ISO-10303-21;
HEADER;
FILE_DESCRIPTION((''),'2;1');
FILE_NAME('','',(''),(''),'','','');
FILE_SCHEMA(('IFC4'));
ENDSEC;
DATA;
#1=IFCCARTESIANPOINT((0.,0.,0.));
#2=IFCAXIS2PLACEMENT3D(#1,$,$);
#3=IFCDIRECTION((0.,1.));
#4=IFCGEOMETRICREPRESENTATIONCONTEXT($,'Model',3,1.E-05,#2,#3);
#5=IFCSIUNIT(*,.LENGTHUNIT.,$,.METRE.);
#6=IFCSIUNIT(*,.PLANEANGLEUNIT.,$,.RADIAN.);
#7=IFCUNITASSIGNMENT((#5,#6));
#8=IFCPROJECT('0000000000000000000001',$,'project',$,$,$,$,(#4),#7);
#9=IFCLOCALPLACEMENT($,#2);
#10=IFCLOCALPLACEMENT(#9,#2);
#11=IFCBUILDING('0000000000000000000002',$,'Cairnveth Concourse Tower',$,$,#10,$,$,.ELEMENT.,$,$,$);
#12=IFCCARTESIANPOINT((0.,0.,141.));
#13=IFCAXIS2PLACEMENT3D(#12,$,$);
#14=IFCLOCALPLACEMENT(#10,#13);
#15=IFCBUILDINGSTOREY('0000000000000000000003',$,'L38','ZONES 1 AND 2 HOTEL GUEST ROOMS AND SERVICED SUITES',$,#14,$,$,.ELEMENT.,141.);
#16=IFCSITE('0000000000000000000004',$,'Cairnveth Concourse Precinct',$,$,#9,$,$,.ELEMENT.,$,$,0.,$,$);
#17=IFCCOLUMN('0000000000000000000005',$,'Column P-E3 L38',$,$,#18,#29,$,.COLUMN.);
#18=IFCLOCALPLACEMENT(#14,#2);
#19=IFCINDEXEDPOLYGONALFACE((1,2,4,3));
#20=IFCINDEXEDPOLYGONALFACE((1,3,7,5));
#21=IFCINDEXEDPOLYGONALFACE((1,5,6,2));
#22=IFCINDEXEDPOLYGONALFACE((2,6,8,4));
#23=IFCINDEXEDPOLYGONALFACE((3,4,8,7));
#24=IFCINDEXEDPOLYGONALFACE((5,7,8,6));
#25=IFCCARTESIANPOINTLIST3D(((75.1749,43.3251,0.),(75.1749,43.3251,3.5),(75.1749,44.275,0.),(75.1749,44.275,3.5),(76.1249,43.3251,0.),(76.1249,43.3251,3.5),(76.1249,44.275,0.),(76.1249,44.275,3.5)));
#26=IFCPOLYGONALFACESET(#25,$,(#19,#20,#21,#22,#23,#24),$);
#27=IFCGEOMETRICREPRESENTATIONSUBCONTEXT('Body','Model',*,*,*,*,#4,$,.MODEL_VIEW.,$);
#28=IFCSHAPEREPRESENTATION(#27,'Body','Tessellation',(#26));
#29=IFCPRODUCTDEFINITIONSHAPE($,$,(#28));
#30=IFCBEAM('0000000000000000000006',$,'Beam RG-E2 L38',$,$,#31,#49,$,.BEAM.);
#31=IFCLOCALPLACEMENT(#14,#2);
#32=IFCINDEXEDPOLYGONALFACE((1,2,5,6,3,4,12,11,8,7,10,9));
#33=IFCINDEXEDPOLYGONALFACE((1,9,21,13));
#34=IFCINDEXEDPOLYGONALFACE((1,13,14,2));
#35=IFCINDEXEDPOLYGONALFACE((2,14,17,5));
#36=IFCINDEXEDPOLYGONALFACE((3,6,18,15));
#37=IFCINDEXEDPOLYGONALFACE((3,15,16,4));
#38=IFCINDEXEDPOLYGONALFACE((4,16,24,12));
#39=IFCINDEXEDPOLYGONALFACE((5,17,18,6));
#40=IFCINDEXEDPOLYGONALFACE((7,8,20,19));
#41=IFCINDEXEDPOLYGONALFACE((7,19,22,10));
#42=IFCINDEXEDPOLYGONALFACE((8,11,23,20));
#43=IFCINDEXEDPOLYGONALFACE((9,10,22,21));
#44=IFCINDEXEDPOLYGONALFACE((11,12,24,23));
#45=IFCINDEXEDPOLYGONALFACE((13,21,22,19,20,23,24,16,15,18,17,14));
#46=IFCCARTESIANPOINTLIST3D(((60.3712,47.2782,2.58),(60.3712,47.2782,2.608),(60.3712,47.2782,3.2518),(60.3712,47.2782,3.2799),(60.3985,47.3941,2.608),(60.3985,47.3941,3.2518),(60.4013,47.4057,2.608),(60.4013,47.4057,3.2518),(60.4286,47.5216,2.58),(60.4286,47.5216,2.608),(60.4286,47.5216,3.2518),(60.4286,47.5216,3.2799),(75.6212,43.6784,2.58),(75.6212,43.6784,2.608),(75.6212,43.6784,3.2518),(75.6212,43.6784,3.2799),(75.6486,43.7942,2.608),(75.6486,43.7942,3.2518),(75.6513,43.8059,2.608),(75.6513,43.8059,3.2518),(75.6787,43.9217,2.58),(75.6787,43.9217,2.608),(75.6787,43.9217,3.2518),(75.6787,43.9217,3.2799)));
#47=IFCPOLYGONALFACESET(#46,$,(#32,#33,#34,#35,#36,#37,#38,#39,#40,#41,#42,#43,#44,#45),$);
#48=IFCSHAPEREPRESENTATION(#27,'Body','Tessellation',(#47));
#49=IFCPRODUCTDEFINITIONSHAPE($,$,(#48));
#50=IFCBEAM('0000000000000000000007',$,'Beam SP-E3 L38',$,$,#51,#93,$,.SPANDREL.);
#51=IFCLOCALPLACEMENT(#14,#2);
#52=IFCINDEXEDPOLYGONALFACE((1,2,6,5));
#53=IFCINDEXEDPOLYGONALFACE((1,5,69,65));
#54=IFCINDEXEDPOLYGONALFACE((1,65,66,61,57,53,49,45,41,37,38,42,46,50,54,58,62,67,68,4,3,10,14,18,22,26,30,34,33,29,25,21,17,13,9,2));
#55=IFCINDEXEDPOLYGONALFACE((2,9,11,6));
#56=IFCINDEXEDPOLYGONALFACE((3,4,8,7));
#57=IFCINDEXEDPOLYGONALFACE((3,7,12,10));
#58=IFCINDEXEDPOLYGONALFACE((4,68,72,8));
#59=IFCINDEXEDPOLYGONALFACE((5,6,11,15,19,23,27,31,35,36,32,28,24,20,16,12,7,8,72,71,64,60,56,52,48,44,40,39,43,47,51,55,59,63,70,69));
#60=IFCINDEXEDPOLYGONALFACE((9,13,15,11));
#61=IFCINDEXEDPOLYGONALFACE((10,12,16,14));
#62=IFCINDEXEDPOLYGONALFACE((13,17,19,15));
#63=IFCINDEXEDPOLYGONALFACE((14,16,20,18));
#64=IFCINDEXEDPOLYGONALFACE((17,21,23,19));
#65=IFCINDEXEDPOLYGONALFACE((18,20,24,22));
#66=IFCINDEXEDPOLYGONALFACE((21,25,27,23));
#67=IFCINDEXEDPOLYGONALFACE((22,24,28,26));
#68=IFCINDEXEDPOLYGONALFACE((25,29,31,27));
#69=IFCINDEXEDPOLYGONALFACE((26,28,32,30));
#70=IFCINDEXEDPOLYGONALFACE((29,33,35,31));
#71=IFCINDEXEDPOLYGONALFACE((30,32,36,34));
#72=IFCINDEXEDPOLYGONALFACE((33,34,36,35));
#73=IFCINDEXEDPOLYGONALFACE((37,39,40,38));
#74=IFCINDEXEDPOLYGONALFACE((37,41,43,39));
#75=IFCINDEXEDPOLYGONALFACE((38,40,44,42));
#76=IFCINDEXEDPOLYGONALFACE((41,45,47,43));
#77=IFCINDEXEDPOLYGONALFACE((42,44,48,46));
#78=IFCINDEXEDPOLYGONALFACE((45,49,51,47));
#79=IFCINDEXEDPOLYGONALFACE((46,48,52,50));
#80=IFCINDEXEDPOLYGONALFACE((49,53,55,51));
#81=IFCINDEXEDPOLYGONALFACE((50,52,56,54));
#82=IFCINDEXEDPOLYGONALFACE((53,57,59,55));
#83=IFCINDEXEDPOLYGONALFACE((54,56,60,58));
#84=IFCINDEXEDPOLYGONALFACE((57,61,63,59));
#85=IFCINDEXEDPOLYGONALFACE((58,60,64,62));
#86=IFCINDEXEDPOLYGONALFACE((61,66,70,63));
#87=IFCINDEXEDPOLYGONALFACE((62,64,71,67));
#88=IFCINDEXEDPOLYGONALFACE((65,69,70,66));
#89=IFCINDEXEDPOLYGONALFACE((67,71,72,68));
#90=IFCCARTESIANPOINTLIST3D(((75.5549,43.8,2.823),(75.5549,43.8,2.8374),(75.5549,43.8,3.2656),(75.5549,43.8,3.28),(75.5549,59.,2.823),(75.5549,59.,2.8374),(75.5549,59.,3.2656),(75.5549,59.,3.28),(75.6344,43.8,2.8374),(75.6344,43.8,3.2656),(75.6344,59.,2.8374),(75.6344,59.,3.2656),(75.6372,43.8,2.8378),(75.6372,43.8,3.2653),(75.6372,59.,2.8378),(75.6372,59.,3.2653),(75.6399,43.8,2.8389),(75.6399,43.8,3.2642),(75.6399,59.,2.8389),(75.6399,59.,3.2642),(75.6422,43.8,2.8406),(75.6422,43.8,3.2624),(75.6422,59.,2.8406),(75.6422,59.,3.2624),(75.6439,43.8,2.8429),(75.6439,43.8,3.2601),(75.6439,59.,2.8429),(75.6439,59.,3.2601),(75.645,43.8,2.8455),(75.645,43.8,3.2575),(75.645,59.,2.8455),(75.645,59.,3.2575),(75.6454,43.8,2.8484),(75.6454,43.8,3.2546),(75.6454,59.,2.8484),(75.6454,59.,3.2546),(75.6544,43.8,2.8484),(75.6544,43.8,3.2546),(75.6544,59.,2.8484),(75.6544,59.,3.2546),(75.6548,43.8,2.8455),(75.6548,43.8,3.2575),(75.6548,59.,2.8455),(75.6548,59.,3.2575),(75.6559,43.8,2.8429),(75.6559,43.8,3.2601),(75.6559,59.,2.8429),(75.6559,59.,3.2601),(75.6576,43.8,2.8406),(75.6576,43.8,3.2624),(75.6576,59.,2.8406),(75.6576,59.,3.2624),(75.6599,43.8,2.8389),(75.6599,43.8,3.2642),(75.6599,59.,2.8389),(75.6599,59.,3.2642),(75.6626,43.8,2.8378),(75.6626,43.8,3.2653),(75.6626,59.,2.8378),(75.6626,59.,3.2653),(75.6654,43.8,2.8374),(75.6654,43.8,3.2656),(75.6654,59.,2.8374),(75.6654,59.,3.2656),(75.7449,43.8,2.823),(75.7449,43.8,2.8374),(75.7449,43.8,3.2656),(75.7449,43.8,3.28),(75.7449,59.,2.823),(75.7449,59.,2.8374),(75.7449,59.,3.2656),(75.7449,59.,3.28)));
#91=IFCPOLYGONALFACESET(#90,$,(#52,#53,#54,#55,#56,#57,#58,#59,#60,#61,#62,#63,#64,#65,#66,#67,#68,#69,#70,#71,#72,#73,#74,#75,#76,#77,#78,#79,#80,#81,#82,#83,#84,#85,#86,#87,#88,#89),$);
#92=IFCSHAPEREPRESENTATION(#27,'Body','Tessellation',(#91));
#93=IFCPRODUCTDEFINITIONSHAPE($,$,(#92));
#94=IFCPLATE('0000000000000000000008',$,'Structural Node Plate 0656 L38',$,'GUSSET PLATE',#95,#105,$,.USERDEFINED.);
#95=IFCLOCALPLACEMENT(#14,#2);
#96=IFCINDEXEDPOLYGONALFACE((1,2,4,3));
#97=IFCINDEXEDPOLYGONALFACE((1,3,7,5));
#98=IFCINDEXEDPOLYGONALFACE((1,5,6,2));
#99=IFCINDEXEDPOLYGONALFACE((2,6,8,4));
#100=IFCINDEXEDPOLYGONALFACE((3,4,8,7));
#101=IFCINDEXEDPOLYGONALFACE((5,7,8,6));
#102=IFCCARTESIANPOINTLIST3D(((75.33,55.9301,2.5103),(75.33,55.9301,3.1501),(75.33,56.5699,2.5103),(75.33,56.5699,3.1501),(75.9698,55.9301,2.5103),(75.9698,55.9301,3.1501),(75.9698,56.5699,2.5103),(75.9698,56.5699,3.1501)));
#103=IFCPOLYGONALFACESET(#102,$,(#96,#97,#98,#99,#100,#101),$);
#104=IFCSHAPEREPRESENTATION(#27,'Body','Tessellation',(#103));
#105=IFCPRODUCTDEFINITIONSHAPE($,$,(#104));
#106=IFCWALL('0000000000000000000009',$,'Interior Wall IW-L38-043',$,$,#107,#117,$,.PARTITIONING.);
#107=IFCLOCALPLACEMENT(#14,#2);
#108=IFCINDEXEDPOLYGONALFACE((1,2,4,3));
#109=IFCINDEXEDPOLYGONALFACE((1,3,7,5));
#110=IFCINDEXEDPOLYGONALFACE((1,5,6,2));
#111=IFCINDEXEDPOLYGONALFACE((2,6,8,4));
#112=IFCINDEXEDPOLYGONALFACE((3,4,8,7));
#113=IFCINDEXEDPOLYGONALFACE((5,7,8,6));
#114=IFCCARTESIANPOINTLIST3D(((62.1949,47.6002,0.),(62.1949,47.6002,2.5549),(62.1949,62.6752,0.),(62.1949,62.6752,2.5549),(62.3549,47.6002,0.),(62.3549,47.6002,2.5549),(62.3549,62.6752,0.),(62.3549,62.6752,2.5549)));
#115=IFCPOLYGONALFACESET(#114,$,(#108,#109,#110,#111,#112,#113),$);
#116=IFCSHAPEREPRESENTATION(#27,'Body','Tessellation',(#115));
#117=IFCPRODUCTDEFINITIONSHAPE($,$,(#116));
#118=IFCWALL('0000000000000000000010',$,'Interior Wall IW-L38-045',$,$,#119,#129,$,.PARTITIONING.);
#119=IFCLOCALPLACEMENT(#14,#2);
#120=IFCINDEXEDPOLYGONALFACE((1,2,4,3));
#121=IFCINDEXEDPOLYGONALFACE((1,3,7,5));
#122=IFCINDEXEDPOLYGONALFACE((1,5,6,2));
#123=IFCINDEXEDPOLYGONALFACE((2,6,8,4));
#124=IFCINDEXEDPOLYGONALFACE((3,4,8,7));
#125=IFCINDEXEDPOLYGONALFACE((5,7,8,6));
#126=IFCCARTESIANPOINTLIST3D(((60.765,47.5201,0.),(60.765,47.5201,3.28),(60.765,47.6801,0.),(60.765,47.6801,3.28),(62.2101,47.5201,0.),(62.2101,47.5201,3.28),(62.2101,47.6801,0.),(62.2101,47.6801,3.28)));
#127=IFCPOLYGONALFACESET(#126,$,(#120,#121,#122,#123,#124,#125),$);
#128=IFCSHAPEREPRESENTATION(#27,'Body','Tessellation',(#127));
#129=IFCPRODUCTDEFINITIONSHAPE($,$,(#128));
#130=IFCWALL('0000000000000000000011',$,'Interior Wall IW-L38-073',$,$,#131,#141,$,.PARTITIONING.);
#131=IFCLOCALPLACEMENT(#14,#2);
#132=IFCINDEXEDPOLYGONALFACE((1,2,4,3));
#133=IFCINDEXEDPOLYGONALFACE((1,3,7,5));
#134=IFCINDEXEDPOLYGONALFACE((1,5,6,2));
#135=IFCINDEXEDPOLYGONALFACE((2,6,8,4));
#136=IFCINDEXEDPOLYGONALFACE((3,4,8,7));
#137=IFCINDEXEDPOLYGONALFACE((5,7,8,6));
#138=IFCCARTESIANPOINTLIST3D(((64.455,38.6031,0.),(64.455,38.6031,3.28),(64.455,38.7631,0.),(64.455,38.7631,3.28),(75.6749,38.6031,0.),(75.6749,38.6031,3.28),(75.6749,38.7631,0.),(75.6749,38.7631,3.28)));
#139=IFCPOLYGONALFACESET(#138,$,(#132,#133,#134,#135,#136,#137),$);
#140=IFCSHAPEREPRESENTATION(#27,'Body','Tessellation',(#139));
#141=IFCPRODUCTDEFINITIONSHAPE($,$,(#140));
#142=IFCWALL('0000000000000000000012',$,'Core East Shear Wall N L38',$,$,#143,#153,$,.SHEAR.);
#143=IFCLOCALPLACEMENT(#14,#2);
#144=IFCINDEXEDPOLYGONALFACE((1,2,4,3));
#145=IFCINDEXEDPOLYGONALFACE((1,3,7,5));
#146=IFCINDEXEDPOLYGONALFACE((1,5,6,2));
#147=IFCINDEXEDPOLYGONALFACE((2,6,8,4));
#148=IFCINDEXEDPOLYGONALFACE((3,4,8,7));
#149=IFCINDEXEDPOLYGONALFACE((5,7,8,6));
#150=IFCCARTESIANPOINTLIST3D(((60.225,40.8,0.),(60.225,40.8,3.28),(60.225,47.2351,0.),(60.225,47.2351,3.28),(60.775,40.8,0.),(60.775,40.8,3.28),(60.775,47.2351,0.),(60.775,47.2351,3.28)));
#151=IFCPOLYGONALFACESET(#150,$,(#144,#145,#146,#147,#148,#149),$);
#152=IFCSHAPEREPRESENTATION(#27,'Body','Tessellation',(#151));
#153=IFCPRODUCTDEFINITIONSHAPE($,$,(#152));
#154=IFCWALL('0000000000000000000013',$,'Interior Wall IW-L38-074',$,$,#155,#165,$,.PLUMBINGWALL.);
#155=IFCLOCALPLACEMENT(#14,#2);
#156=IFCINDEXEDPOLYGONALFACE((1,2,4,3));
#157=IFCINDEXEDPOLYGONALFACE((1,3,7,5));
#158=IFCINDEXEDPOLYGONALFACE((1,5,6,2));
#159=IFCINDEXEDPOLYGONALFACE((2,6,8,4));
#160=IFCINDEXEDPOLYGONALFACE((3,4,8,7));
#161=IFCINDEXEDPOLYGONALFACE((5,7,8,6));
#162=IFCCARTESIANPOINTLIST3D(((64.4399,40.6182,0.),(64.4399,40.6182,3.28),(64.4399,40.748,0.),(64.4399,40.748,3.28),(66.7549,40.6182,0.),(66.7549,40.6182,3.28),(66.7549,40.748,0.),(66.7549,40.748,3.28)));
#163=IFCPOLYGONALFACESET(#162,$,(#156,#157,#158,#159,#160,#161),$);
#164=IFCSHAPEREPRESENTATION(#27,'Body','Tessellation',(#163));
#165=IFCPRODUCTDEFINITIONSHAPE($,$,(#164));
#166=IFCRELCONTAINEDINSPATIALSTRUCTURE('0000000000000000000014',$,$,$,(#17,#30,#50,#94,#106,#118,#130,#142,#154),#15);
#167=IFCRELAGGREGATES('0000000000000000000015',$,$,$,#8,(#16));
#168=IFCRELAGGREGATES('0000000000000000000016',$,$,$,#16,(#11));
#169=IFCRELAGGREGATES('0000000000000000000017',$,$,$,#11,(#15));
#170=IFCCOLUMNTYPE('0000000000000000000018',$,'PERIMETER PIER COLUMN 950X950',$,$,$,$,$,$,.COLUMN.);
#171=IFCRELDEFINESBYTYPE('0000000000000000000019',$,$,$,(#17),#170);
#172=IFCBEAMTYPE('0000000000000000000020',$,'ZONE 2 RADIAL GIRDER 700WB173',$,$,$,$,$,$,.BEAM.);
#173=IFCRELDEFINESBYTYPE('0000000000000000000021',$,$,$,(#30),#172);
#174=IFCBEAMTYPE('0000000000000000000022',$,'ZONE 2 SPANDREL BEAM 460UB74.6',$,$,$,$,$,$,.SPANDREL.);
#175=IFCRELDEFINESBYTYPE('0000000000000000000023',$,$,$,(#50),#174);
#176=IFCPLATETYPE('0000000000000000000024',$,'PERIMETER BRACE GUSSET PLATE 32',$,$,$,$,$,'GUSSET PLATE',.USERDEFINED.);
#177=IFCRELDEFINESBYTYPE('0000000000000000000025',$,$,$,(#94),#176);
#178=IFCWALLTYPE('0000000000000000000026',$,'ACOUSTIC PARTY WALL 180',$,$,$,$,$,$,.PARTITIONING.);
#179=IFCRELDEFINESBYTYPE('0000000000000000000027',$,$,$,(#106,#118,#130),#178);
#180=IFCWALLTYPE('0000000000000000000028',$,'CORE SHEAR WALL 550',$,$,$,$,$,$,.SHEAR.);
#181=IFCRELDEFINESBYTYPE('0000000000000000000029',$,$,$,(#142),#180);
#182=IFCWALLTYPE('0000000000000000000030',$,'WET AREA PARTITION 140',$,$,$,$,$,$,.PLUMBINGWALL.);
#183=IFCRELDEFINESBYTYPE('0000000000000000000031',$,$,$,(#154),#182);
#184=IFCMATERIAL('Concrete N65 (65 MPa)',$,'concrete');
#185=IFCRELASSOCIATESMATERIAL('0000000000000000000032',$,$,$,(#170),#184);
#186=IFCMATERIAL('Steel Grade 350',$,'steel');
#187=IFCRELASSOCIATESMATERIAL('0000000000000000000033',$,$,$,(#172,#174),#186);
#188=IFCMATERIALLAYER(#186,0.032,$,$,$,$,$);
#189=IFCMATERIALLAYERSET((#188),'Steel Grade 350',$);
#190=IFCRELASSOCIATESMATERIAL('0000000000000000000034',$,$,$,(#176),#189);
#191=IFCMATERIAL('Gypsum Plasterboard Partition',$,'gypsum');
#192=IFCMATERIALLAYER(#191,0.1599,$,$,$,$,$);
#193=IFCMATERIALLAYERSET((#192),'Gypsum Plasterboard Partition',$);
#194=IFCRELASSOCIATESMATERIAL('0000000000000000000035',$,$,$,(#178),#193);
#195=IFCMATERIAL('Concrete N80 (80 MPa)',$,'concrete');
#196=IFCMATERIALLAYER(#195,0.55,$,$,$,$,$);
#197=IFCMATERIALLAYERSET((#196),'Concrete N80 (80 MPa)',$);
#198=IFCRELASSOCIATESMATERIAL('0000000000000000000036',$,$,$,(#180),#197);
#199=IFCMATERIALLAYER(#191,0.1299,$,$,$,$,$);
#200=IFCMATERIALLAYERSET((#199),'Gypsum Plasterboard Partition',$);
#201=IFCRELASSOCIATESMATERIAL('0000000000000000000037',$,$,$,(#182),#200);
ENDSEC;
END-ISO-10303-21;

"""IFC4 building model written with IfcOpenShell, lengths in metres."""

from ifc_helpers import new_model, si_unit, direction, frame, frame_2d, origin, origin_2d, place, context, subcontext, project, spatial, rectangle, i_section, extrude, material, layer, layer_set, material_profile, profile_set, type_object, element, save


model = new_model("IFC4")

# Units and contexts
model_context = context("Model", 3, precision=1e-05, world=origin(), true_north=direction((0.0, 1.0)))
body_context = subcontext(model_context, "Body", "Model", "MODEL_VIEW")
ifc_project = project(units=[si_unit("LENGTHUNIT", "METRE"), si_unit("PLANEANGLEUNIT", "RADIAN")], contexts=[model_context])

# Site, building, storey
site_placement = place(None, origin())
site = spatial("IfcSite", under=ifc_project, at=site_placement, Name="Cairnveth Concourse Precinct", CompositionType="ELEMENT", RefElevation=0.0)
building_placement = place(site_placement, origin())
building = spatial("IfcBuilding", under=site, at=building_placement, Name="Cairnveth Concourse Tower", CompositionType="ELEMENT")
storey_placement = place(building_placement, frame((0.0, 0.0, 141.0)))
storey = spatial("IfcBuildingStorey", under=building, at=storey_placement, Name="L38", Description="ZONES 1 AND 2 HOTEL GUEST ROOMS AND SERVICED SUITES", CompositionType="ELEMENT", Elevation=141.0)

# Column
ifc_material_1 = material(Name="Concrete N65 (65 MPa)", Category="concrete")
ifc_material_profile_1 = material_profile(ifc_material_1, rectangle(XDim=0.95, YDim=0.95, at=origin_2d()), Name="RC-COL-950x950")
ifc_profile_set_1 = profile_set([ifc_material_profile_1], Name="Concrete N65 (65 MPa)")
column_type = type_object("IfcColumnType", Name="PERIMETER PIER COLUMN 950X950", PredefinedType="COLUMN", material=ifc_profile_set_1)
column_placement = place(storey_placement, frame((75.6499, 43.8, 0.0), z_axis=(0.0, 0.0, 1.0), x_axis=(0.0, 1.0, 0.0)))
element("IfcColumn", 1, at=column_placement, inside=storey, type_object=column_type, Name="Column P-E3 L38", PredefinedType="COLUMN", context=body_context, shape_type="SweptSolid", body=[
    extrude(rectangle(XDim=0.95, YDim=0.95, at=origin_2d()), origin(), (0.0, 0.0, 1.0), 3.5),
])

# Beams
ifc_material_2 = material(Name="Steel Grade 350", Category="steel")
ifc_material_profile_2 = material_profile(ifc_material_2, i_section(OverallWidth=0.25, OverallDepth=0.7, WebThickness=0.012, FlangeThickness=0.0281, at=origin_2d()), Name="700WB173")
ifc_profile_set_2 = profile_set([ifc_material_profile_2], Name="Steel Grade 350")
beam_type_1 = type_object("IfcBeamType", Name="ZONE 2 RADIAL GIRDER 700WB173", PredefinedType="BEAM", material=ifc_profile_set_2)
beam_1_placement = place(storey_placement, frame((60.3999, 47.3999, 2.9299), z_axis=(0.973252, -0.229742, 0.0), x_axis=(0.229742, 0.973252, 0.0)))
element("IfcBeam", 2, at=beam_1_placement, inside=storey, type_object=beam_type_1, Name="Beam RG-E2 L38", PredefinedType="BEAM", context=body_context, shape_type="SweptSolid", body=[
    extrude(i_section(OverallWidth=0.25, OverallDepth=0.7, WebThickness=0.012, FlangeThickness=0.0281, at=origin_2d()), origin(), (0.0, 0.0, 1.0), 15.6692),
])
ifc_material_profile_3 = material_profile(ifc_material_2, i_section(OverallWidth=0.1899, OverallDepth=0.457, WebThickness=0.009, FlangeThickness=0.0144, FilletRadius=0.011, at=origin_2d()), Name="460UB74.6")
ifc_profile_set_3 = profile_set([ifc_material_profile_3], Name="Steel Grade 350")
beam_type_2 = type_object("IfcBeamType", Name="ZONE 2 SPANDREL BEAM 460UB74.6", PredefinedType="SPANDREL", material=ifc_profile_set_3)
beam_2_placement = place(storey_placement, frame((75.6499, 43.8, 3.0515), z_axis=(0.0, 1.0, 0.0), x_axis=(-1.0, 0.0, 0.0)))
element("IfcBeam", 3, at=beam_2_placement, inside=storey, type_object=beam_type_2, Name="Beam SP-E3 L38", PredefinedType="SPANDREL", context=body_context, shape_type="SweptSolid", body=[
    extrude(i_section(OverallWidth=0.1899, OverallDepth=0.457, WebThickness=0.009, FlangeThickness=0.0144, FilletRadius=0.011, at=origin_2d()), origin(), (0.0, 0.0, 1.0), 15.2),
])

# Plate
ifc_layer_1 = layer(ifc_material_2, 0.032)
ifc_layer_set_1 = layer_set([ifc_layer_1], Name="Steel Grade 350")
plate_type = type_object("IfcPlateType", Name="PERIMETER BRACE GUSSET PLATE 32", ElementType="GUSSET PLATE", PredefinedType="USERDEFINED", material=ifc_layer_set_1)
plate_placement = place(storey_placement, frame((75.6499, 56.25, 2.5103), z_axis=(0.0, 0.0, 1.0), x_axis=(1.0, 0.0, 0.0)))
element("IfcPlate", 4, at=plate_placement, inside=storey, type_object=plate_type, Name="Structural Node Plate 0656 L38", ObjectType="GUSSET PLATE", PredefinedType="USERDEFINED", context=body_context, shape_type="SweptSolid", body=[
    extrude(rectangle(XDim=0.6399, YDim=0.6399, at=origin_2d()), origin(), (0.0, 0.0, 1.0), 0.6399),
])

# Walls
ifc_material_3 = material(Name="Gypsum Plasterboard Partition", Category="gypsum")
ifc_layer_2 = layer(ifc_material_3, 0.1599)
ifc_layer_set_2 = layer_set([ifc_layer_2], Name="Gypsum Plasterboard Partition")
wall_type_1 = type_object("IfcWallType", Name="ACOUSTIC PARTY WALL 180", PredefinedType="PARTITIONING", material=ifc_layer_set_2)
wall_1_placement = place(storey_placement, frame((62.2749, 47.6001, 0.0), z_axis=(0.0, 0.0, 1.0), x_axis=(0.0, 1.0, 0.0)))
element("IfcWall", 5, at=wall_1_placement, inside=storey, type_object=wall_type_1, Name="Interior Wall IW-L38-043", PredefinedType="PARTITIONING", context=body_context, shape_type="SweptSolid", body=[
    extrude(rectangle(XDim=15.075, YDim=0.1599, at=frame_2d((7.5376, 0.0))), origin(), (0.0, 0.0, 1.0), 2.5549),
])
wall_2_placement = place(storey_placement, frame((60.7649, 47.6001, 0.0), z_axis=(0.0, 0.0, 1.0), x_axis=(1.0, 0.0, 0.0)))
element("IfcWall", 6, at=wall_2_placement, inside=storey, type_object=wall_type_1, Name="Interior Wall IW-L38-045", PredefinedType="PARTITIONING", context=body_context, shape_type="SweptSolid", body=[
    extrude(rectangle(XDim=1.4451, YDim=0.1599, at=frame_2d((0.7227, 0.0))), origin(), (0.0, 0.0, 1.0), 3.28),
])
wall_3_placement = place(storey_placement, frame((64.4551, 38.6831, 0.0), z_axis=(0.0, 0.0, 1.0), x_axis=(1.0, 0.0, 0.0)))
element("IfcWall", 7, at=wall_3_placement, inside=storey, type_object=wall_type_1, Name="Interior Wall IW-L38-073", PredefinedType="PARTITIONING", context=body_context, shape_type="SweptSolid", body=[
    extrude(rectangle(XDim=11.22, YDim=0.1599, at=frame_2d((5.6099, 0.0))), origin(), (0.0, 0.0, 1.0), 3.28),
])
ifc_material_4 = material(Name="Concrete N80 (80 MPa)", Category="concrete")
ifc_layer_3 = layer(ifc_material_4, 0.55)
ifc_layer_set_3 = layer_set([ifc_layer_3], Name="Concrete N80 (80 MPa)")
wall_type_2 = type_object("IfcWallType", Name="CORE SHEAR WALL 550", PredefinedType="SHEAR", material=ifc_layer_set_3)
wall_4_placement = place(storey_placement, frame((60.5, 40.8, 0.0), z_axis=(0.0, 0.0, 1.0), x_axis=(0.0, 1.0, 0.0)))
element("IfcWall", 8, at=wall_4_placement, inside=storey, type_object=wall_type_2, Name="Core East Shear Wall N L38", PredefinedType="SHEAR", context=body_context, shape_type="SweptSolid", body=[
    extrude(rectangle(XDim=6.4351, YDim=0.55, at=frame_2d((3.2175, 0.0))), origin(), (0.0, 0.0, 1.0), 3.28),
])

# Wall
ifc_layer_4 = layer(ifc_material_3, 0.1299)
ifc_layer_set_4 = layer_set([ifc_layer_4], Name="Gypsum Plasterboard Partition")
wall_type_3 = type_object("IfcWallType", Name="WET AREA PARTITION 140", PredefinedType="PLUMBINGWALL", material=ifc_layer_set_4)
wall_5_placement = place(storey_placement, frame((64.4399, 40.6831, 0.0), z_axis=(0.0, 0.0, 1.0), x_axis=(1.0, 0.0, 0.0)))
element("IfcWall", 9, at=wall_5_placement, inside=storey, type_object=wall_type_3, Name="Interior Wall IW-L38-074", PredefinedType="PLUMBINGWALL", context=body_context, shape_type="SweptSolid", body=[
    extrude(rectangle(XDim=2.3149, YDim=0.1299, at=frame_2d((1.1575, 0.0))), origin(), (0.0, 0.0, 1.0), 3.28),
])

save(model, "model.ifc")
